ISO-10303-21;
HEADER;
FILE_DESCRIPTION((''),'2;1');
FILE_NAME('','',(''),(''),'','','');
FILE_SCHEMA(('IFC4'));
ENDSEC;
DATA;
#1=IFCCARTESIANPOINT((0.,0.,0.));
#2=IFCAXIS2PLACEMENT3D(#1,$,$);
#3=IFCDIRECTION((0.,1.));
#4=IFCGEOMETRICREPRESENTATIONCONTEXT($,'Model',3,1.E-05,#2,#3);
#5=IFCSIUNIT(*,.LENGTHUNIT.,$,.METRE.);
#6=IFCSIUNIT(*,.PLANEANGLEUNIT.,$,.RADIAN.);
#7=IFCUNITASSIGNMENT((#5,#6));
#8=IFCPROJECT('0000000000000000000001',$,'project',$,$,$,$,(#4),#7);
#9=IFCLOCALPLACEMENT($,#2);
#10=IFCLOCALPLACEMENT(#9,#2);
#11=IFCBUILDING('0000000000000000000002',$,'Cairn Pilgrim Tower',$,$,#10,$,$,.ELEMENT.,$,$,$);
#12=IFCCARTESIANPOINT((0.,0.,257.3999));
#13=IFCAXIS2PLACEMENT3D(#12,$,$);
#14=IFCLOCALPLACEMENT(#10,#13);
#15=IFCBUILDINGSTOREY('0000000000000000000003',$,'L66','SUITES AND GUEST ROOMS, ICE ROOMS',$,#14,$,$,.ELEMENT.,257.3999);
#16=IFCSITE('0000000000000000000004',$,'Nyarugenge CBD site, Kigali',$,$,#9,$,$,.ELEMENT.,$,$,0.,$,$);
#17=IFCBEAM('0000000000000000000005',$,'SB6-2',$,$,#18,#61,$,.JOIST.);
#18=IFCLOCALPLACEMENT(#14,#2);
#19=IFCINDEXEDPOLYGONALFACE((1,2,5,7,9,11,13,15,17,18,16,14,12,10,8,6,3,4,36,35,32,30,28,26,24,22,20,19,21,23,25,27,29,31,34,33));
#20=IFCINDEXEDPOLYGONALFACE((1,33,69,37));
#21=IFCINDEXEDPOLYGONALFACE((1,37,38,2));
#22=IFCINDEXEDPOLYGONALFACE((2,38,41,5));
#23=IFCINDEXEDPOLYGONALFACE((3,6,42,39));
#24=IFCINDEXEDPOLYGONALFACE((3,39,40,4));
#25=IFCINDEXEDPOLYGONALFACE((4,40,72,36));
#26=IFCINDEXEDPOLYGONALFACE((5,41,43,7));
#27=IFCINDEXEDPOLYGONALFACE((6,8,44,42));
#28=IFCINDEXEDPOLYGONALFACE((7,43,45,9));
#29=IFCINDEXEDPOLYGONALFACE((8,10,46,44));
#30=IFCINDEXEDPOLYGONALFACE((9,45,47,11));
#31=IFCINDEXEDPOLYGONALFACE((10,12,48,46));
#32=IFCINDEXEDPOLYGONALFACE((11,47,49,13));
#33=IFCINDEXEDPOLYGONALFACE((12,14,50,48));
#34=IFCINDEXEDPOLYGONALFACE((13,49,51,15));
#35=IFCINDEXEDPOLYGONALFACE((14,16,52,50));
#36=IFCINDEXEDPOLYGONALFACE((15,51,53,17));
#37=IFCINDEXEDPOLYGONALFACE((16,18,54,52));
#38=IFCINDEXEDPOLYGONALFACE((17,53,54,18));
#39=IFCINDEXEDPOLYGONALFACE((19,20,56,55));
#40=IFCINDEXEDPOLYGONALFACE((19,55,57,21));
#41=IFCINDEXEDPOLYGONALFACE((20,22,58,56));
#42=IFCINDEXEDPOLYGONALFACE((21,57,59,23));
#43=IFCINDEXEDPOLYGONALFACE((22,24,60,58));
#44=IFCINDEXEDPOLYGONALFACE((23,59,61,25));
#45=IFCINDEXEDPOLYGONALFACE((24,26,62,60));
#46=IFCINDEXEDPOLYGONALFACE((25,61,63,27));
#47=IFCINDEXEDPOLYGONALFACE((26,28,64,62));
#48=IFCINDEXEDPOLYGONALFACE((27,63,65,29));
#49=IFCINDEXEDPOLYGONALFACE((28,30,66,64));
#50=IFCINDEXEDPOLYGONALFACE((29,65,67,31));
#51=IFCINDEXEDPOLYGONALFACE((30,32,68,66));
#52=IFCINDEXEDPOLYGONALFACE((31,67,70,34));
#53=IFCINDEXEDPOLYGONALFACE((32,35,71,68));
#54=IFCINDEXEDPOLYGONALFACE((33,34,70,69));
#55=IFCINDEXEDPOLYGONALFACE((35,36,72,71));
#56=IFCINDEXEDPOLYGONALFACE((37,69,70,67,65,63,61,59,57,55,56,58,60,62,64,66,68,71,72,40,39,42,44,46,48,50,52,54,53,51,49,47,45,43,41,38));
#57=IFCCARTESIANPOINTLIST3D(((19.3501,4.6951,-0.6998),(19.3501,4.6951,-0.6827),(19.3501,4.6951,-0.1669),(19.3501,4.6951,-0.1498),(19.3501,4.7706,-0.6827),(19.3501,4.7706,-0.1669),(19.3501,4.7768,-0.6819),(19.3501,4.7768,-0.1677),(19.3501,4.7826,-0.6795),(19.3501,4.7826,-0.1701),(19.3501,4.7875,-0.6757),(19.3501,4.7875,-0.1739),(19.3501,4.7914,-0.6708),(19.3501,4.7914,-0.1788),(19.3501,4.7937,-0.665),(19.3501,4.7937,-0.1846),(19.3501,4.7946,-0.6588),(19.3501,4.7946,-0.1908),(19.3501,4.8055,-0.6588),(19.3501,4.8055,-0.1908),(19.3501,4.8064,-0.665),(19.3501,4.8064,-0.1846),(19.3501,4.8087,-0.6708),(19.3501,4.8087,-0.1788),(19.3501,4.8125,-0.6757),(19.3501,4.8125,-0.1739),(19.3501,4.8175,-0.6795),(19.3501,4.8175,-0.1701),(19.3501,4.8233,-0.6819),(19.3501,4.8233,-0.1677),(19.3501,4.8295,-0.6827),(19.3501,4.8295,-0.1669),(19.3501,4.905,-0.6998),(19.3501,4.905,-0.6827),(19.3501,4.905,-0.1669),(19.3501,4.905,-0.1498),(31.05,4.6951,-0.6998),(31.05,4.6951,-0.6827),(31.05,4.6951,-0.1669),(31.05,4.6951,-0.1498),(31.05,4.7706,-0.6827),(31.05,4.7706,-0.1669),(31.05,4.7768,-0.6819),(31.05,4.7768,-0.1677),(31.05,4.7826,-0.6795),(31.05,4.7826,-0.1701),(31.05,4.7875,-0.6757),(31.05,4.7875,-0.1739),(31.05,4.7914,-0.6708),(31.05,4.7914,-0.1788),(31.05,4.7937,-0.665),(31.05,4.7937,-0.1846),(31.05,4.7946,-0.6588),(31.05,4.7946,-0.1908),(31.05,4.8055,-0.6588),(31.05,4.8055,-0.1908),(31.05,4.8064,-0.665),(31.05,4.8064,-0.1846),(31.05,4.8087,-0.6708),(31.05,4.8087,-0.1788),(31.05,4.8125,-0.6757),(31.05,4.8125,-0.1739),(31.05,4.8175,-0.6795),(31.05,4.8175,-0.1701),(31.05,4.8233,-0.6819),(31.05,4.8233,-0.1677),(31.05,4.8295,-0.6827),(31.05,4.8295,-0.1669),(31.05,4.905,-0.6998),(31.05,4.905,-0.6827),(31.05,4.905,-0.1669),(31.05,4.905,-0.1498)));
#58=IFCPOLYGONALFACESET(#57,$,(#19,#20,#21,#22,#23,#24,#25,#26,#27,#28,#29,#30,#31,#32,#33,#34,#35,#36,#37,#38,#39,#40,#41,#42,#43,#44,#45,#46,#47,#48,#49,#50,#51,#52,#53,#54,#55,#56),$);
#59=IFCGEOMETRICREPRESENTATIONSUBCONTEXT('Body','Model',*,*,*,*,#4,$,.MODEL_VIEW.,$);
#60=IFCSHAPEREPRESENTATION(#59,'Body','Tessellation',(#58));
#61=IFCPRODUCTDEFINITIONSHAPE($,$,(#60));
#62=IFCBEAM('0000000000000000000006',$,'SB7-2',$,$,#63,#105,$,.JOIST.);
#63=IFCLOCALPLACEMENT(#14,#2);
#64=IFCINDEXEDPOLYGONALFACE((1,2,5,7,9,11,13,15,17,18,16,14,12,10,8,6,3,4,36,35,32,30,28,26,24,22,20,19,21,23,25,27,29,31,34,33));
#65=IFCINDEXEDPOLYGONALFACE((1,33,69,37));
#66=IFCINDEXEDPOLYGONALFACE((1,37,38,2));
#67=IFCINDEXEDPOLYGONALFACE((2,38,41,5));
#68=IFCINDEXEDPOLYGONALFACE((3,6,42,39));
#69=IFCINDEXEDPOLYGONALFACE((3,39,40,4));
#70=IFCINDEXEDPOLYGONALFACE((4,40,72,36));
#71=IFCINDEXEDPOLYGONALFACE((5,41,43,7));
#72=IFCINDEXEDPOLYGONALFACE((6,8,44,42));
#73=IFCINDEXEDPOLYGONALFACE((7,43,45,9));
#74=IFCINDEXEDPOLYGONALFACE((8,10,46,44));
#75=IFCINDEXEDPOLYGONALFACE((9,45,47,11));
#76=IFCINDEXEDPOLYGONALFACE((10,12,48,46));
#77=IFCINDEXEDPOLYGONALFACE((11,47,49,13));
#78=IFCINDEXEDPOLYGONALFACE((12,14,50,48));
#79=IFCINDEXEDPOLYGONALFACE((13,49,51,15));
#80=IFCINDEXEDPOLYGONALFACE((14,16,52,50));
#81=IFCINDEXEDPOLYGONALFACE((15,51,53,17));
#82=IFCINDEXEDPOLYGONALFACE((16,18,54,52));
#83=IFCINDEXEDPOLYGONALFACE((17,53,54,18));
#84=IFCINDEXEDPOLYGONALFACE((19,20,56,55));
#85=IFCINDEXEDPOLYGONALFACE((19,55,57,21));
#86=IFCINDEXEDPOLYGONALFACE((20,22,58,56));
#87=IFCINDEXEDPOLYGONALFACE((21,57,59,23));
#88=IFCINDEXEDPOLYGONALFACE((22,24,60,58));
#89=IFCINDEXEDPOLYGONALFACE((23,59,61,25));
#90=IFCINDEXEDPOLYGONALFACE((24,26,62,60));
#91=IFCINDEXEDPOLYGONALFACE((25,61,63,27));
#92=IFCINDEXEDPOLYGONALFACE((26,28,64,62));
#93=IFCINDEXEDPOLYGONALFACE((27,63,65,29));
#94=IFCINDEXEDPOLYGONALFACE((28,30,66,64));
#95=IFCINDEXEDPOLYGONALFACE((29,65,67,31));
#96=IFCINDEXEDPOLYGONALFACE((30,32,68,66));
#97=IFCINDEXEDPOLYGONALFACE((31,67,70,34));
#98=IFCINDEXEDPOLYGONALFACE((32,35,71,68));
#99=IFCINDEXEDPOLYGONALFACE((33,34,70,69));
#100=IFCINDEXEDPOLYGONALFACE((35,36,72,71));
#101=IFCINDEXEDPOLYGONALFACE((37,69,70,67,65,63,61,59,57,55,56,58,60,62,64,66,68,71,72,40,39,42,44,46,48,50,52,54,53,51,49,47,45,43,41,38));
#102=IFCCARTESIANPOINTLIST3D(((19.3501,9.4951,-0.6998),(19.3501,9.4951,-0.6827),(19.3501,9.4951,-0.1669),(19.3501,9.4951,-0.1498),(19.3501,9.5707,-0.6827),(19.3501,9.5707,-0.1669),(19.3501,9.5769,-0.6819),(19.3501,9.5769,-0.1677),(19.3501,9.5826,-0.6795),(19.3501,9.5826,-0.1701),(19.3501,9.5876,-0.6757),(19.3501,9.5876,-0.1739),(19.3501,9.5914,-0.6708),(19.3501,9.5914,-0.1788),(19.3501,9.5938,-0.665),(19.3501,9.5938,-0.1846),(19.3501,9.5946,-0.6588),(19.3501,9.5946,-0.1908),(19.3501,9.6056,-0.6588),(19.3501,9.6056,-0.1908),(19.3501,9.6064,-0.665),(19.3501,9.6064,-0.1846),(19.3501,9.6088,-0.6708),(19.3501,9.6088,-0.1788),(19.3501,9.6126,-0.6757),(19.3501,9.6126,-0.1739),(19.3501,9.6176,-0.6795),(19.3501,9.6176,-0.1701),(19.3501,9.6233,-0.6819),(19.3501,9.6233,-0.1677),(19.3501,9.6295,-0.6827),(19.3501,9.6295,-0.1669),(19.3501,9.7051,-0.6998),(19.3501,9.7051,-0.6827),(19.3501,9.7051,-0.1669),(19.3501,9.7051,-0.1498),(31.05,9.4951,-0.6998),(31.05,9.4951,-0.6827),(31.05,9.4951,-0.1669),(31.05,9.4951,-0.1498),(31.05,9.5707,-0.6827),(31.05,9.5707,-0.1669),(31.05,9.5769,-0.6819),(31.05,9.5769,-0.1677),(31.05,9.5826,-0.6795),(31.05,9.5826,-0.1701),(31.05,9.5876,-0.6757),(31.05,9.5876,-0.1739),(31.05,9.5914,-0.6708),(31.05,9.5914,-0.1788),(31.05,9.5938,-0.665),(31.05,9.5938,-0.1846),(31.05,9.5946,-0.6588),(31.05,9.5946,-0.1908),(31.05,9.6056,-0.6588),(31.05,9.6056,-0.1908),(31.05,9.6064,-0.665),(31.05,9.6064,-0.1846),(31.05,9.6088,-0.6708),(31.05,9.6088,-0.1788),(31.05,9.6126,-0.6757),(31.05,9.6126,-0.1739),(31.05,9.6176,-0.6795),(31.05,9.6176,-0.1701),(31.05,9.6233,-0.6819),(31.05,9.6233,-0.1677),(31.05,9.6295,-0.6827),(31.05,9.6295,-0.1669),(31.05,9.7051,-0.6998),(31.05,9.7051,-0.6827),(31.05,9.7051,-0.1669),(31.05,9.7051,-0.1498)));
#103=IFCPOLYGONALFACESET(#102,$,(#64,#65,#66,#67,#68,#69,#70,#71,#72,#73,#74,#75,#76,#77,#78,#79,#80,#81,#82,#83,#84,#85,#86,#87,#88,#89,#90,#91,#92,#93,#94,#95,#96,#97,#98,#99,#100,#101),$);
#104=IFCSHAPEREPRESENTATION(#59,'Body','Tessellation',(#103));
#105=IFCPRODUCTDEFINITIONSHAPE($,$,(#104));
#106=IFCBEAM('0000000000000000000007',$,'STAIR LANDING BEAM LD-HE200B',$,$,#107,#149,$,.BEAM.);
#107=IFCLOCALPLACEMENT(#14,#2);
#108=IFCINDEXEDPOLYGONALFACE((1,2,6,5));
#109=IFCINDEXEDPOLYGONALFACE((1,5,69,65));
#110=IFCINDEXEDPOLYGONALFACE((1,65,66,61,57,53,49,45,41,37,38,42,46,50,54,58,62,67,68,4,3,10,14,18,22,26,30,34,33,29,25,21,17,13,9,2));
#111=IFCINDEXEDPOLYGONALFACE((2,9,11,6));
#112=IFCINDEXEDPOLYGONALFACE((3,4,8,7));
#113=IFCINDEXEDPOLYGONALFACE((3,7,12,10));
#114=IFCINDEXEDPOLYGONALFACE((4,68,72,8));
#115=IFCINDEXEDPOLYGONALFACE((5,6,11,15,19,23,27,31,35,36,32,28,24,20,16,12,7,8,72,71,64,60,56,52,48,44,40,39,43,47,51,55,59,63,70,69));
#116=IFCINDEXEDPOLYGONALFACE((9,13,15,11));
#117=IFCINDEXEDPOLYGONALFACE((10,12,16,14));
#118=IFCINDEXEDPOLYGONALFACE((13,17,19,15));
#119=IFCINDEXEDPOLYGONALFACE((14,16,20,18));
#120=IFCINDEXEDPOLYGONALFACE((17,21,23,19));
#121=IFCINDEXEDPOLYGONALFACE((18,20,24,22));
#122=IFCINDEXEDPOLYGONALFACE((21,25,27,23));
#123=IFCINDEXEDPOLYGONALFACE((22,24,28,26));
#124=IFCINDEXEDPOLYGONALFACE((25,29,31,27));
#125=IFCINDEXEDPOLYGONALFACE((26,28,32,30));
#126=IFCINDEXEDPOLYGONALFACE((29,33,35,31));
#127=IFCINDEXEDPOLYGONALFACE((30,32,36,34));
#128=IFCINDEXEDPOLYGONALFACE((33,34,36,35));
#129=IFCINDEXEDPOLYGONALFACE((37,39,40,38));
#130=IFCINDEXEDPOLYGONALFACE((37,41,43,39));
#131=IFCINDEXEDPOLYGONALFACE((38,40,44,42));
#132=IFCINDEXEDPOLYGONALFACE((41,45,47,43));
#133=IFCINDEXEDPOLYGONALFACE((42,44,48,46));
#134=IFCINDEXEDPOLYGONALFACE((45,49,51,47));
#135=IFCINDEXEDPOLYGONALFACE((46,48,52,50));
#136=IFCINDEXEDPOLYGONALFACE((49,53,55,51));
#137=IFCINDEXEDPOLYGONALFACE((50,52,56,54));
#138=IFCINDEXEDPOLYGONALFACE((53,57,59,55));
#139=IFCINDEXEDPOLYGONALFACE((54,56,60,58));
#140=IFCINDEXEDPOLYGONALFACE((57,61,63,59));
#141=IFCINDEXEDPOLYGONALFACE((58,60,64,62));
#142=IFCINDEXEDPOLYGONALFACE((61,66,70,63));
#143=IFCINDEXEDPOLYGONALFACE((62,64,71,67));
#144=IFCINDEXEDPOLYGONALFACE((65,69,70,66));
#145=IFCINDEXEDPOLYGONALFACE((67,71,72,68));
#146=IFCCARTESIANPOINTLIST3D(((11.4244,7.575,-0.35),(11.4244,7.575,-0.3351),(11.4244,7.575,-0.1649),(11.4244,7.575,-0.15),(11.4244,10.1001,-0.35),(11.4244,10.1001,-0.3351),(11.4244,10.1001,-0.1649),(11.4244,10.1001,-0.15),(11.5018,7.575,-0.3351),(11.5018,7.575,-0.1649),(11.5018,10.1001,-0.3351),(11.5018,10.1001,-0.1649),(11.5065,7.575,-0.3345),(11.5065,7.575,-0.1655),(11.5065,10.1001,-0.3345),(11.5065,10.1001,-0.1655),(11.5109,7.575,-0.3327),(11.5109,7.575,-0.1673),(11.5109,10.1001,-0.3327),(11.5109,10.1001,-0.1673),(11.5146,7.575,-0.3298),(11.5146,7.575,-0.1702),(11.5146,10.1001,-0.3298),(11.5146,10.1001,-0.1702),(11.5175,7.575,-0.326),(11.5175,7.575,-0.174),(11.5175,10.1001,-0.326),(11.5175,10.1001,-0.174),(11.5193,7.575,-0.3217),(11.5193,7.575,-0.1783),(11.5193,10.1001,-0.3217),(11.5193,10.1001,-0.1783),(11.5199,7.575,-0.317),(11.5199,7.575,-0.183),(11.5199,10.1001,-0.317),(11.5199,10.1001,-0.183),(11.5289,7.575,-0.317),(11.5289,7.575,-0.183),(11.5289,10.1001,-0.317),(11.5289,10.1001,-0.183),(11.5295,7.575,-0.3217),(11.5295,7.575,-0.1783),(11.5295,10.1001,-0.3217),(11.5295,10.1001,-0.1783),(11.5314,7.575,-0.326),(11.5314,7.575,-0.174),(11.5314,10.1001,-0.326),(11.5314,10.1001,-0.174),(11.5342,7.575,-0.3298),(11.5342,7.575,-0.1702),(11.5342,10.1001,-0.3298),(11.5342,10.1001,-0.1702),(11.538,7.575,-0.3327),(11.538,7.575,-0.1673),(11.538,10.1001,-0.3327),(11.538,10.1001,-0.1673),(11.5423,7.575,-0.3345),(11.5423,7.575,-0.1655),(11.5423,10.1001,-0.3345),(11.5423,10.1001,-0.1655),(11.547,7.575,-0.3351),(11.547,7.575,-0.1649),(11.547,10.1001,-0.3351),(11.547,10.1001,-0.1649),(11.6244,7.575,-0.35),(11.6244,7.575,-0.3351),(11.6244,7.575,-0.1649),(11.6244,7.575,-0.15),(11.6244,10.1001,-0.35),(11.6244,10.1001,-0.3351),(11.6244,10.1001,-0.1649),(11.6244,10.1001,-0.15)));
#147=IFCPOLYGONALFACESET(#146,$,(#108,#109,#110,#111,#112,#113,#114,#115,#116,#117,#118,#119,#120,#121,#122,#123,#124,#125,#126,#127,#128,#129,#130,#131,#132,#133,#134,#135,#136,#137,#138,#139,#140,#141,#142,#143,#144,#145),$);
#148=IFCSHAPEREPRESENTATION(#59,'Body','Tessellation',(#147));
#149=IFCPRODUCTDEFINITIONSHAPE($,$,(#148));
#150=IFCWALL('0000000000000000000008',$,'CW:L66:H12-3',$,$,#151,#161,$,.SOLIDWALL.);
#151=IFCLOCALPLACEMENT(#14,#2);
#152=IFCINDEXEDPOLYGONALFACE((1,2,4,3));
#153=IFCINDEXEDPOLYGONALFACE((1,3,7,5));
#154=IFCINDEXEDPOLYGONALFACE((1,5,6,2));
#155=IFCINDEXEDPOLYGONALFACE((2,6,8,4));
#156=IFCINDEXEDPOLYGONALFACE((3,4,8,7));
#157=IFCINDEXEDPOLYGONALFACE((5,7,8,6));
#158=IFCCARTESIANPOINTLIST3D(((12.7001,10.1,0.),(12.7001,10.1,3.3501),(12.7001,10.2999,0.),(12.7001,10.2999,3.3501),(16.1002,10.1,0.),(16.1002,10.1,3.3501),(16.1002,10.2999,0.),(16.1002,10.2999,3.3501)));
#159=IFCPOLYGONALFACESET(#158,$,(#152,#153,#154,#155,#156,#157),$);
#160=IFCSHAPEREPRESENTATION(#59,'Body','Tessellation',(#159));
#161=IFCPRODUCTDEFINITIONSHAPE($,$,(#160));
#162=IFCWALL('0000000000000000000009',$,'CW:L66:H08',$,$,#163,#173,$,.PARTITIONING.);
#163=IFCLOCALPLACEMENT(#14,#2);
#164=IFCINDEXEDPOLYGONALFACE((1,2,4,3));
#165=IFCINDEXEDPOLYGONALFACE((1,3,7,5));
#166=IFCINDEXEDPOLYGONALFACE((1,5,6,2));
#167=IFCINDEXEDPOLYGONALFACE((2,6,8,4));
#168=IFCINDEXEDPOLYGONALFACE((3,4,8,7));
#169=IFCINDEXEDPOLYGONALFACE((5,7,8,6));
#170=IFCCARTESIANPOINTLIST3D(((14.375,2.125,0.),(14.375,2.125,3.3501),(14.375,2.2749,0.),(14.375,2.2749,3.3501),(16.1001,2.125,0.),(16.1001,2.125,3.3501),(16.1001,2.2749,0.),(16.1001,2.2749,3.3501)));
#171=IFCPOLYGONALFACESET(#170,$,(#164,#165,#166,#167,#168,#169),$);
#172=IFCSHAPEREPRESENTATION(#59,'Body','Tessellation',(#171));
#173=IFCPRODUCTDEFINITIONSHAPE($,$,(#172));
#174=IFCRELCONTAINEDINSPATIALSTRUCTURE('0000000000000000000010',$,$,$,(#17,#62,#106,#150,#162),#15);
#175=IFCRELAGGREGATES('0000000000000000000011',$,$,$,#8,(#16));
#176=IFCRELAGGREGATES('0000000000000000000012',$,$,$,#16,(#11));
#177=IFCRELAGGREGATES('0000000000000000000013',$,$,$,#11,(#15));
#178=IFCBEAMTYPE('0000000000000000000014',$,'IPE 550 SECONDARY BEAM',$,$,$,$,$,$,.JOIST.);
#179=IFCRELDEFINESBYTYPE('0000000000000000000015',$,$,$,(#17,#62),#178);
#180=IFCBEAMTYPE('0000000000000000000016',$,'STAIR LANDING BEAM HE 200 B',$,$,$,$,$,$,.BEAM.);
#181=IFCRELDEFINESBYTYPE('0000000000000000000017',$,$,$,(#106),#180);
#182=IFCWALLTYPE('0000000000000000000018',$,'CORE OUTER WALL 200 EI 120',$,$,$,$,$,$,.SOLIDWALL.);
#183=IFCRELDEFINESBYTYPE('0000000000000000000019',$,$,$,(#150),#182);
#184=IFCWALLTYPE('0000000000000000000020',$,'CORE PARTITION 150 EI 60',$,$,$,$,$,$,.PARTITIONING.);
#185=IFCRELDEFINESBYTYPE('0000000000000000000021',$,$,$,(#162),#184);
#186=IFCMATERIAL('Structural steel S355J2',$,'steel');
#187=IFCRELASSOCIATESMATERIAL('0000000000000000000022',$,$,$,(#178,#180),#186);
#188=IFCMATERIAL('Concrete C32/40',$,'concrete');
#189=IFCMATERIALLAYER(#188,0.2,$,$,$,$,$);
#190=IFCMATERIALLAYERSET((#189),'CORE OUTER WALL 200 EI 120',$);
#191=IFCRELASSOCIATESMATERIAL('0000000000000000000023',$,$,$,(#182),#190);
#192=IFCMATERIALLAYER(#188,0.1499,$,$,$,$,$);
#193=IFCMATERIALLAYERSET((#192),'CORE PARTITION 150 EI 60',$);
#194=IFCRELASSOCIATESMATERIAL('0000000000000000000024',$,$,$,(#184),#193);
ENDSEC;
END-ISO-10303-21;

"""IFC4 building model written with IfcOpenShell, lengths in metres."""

from ifc_helpers import new_model, si_unit, direction, frame, frame_2d, origin, origin_2d, place, context, subcontext, project, spatial, rectangle, i_section, extrude, material, layer, layer_set, material_profile, profile_set, type_object, element, save


model = new_model("IFC4")

# Units and contexts
model_context = context("Model", 3, precision=1e-05, world=origin(), true_north=direction((0.0, 1.0)))
body_context = subcontext(model_context, "Body", "Model", "MODEL_VIEW")
ifc_project = project(units=[si_unit("LENGTHUNIT", "METRE"), si_unit("PLANEANGLEUNIT", "RADIAN")], contexts=[model_context])

# Site, building, storey
site_placement = place(None, origin())
site = spatial("IfcSite", under=ifc_project, at=site_placement, Name="Nyarugenge CBD site, Kigali", CompositionType="ELEMENT", RefElevation=0.0)
building_placement = place(site_placement, origin())
building = spatial("IfcBuilding", under=site, at=building_placement, Name="Cairn Pilgrim Tower", CompositionType="ELEMENT")
storey_placement = place(building_placement, frame((0.0, 0.0, 257.3999)))
storey = spatial("IfcBuildingStorey", under=building, at=storey_placement, Name="L66", Description="SUITES AND GUEST ROOMS, ICE ROOMS", CompositionType="ELEMENT", Elevation=257.3999)

# Shared definitions
ifc_material_1 = material(Name="Structural steel S355J2", Category="steel")

# Beams
ifc_material_profile_1 = material_profile(ifc_material_1, i_section(OverallWidth=0.21, OverallDepth=0.55, WebThickness=0.011, FlangeThickness=0.0171, FilletRadius=0.0239, at=origin_2d()), Name="IPE 550")
ifc_profile_set_1 = profile_set([ifc_material_profile_1], Name="Structural steel S355J2")
beam_type_1 = type_object("IfcBeamType", Name="IPE 550 SECONDARY BEAM", PredefinedType="JOIST", material=ifc_profile_set_1)
for number, where, z_axis, x_axis, name in (
    (1, (19.3501, 4.8, -0.4248), (1.0, 0.0, 0.0), (0.0, 1.0, 0.0), "SB6-2"),
    (2, (19.3501, 9.6001, -0.4248), (1.0, 0.0, 0.0), (0.0, 1.0, 0.0), "SB7-2"),
):
    element("IfcBeam", number, at=place(storey_placement, frame(where, z_axis=z_axis, x_axis=x_axis)), inside=storey, type_object=beam_type_1, Name=name, PredefinedType="JOIST", context=body_context, shape_type="SweptSolid", body=[
        extrude(i_section(OverallWidth=0.21, OverallDepth=0.55, WebThickness=0.011, FlangeThickness=0.0171, FilletRadius=0.0239, at=origin_2d()), origin(), (0.0, 0.0, 1.0), 11.7),
    ])
ifc_material_profile_2 = material_profile(ifc_material_1, i_section(OverallWidth=0.2, OverallDepth=0.2, WebThickness=0.009, FlangeThickness=0.0149, FilletRadius=0.0181, at=origin_2d()), Name="HE 200 B")
ifc_profile_set_2 = profile_set([ifc_material_profile_2], Name="Structural steel S355J2")
beam_type_2 = type_object("IfcBeamType", Name="STAIR LANDING BEAM HE 200 B", PredefinedType="BEAM", material=ifc_profile_set_2)
beam_1_placement = place(storey_placement, frame((11.5244, 10.1001, -0.25), z_axis=(0.0, -1.0, 0.0), x_axis=(1.0, 0.0, 0.0)))
element("IfcBeam", 3, at=beam_1_placement, inside=storey, type_object=beam_type_2, Name="STAIR LANDING BEAM LD-HE200B", PredefinedType="BEAM", context=body_context, shape_type="SweptSolid", body=[
    extrude(i_section(OverallWidth=0.2, OverallDepth=0.2, WebThickness=0.009, FlangeThickness=0.0149, FilletRadius=0.0181, at=origin_2d()), origin(), (0.0, 0.0, 1.0), 2.5251),
])

# Walls
ifc_material_2 = material(Name="Concrete C32/40", Category="concrete")
ifc_layer_1 = layer(ifc_material_2, 0.2)
ifc_layer_set_1 = layer_set([ifc_layer_1], Name="CORE OUTER WALL 200 EI 120")
wall_type_1 = type_object("IfcWallType", Name="CORE OUTER WALL 200 EI 120", PredefinedType="SOLIDWALL", material=ifc_layer_set_1)
wall_1_placement = place(storey_placement, frame((12.7, 10.2, 0.0), z_axis=(0.0, 0.0, 1.0), x_axis=(1.0, 0.0, 0.0)))
element("IfcWall", 4, at=wall_1_placement, inside=storey, type_object=wall_type_1, Name="CW:L66:H12-3", PredefinedType="SOLIDWALL", context=body_context, shape_type="SweptSolid", body=[
    extrude(rectangle(XDim=3.4001, YDim=0.2, at=frame_2d((1.7002, 0.0))), origin(), (0.0, 0.0, 1.0), 3.3501),
])
ifc_layer_2 = layer(ifc_material_2, 0.1499)
ifc_layer_set_2 = layer_set([ifc_layer_2], Name="CORE PARTITION 150 EI 60")
wall_type_2 = type_object("IfcWallType", Name="CORE PARTITION 150 EI 60", PredefinedType="PARTITIONING", material=ifc_layer_set_2)
wall_2_placement = place(storey_placement, frame((14.375, 2.2, 0.0), z_axis=(0.0, 0.0, 1.0), x_axis=(1.0, 0.0, 0.0)))
element("IfcWall", 5, at=wall_2_placement, inside=storey, type_object=wall_type_2, Name="CW:L66:H08", PredefinedType="PARTITIONING", context=body_context, shape_type="SweptSolid", body=[
    extrude(rectangle(XDim=1.7251, YDim=0.1499, at=frame_2d((0.8625, 0.0))), origin(), (0.0, 0.0, 1.0), 3.3501),
])

save(model, "model.ifc")
